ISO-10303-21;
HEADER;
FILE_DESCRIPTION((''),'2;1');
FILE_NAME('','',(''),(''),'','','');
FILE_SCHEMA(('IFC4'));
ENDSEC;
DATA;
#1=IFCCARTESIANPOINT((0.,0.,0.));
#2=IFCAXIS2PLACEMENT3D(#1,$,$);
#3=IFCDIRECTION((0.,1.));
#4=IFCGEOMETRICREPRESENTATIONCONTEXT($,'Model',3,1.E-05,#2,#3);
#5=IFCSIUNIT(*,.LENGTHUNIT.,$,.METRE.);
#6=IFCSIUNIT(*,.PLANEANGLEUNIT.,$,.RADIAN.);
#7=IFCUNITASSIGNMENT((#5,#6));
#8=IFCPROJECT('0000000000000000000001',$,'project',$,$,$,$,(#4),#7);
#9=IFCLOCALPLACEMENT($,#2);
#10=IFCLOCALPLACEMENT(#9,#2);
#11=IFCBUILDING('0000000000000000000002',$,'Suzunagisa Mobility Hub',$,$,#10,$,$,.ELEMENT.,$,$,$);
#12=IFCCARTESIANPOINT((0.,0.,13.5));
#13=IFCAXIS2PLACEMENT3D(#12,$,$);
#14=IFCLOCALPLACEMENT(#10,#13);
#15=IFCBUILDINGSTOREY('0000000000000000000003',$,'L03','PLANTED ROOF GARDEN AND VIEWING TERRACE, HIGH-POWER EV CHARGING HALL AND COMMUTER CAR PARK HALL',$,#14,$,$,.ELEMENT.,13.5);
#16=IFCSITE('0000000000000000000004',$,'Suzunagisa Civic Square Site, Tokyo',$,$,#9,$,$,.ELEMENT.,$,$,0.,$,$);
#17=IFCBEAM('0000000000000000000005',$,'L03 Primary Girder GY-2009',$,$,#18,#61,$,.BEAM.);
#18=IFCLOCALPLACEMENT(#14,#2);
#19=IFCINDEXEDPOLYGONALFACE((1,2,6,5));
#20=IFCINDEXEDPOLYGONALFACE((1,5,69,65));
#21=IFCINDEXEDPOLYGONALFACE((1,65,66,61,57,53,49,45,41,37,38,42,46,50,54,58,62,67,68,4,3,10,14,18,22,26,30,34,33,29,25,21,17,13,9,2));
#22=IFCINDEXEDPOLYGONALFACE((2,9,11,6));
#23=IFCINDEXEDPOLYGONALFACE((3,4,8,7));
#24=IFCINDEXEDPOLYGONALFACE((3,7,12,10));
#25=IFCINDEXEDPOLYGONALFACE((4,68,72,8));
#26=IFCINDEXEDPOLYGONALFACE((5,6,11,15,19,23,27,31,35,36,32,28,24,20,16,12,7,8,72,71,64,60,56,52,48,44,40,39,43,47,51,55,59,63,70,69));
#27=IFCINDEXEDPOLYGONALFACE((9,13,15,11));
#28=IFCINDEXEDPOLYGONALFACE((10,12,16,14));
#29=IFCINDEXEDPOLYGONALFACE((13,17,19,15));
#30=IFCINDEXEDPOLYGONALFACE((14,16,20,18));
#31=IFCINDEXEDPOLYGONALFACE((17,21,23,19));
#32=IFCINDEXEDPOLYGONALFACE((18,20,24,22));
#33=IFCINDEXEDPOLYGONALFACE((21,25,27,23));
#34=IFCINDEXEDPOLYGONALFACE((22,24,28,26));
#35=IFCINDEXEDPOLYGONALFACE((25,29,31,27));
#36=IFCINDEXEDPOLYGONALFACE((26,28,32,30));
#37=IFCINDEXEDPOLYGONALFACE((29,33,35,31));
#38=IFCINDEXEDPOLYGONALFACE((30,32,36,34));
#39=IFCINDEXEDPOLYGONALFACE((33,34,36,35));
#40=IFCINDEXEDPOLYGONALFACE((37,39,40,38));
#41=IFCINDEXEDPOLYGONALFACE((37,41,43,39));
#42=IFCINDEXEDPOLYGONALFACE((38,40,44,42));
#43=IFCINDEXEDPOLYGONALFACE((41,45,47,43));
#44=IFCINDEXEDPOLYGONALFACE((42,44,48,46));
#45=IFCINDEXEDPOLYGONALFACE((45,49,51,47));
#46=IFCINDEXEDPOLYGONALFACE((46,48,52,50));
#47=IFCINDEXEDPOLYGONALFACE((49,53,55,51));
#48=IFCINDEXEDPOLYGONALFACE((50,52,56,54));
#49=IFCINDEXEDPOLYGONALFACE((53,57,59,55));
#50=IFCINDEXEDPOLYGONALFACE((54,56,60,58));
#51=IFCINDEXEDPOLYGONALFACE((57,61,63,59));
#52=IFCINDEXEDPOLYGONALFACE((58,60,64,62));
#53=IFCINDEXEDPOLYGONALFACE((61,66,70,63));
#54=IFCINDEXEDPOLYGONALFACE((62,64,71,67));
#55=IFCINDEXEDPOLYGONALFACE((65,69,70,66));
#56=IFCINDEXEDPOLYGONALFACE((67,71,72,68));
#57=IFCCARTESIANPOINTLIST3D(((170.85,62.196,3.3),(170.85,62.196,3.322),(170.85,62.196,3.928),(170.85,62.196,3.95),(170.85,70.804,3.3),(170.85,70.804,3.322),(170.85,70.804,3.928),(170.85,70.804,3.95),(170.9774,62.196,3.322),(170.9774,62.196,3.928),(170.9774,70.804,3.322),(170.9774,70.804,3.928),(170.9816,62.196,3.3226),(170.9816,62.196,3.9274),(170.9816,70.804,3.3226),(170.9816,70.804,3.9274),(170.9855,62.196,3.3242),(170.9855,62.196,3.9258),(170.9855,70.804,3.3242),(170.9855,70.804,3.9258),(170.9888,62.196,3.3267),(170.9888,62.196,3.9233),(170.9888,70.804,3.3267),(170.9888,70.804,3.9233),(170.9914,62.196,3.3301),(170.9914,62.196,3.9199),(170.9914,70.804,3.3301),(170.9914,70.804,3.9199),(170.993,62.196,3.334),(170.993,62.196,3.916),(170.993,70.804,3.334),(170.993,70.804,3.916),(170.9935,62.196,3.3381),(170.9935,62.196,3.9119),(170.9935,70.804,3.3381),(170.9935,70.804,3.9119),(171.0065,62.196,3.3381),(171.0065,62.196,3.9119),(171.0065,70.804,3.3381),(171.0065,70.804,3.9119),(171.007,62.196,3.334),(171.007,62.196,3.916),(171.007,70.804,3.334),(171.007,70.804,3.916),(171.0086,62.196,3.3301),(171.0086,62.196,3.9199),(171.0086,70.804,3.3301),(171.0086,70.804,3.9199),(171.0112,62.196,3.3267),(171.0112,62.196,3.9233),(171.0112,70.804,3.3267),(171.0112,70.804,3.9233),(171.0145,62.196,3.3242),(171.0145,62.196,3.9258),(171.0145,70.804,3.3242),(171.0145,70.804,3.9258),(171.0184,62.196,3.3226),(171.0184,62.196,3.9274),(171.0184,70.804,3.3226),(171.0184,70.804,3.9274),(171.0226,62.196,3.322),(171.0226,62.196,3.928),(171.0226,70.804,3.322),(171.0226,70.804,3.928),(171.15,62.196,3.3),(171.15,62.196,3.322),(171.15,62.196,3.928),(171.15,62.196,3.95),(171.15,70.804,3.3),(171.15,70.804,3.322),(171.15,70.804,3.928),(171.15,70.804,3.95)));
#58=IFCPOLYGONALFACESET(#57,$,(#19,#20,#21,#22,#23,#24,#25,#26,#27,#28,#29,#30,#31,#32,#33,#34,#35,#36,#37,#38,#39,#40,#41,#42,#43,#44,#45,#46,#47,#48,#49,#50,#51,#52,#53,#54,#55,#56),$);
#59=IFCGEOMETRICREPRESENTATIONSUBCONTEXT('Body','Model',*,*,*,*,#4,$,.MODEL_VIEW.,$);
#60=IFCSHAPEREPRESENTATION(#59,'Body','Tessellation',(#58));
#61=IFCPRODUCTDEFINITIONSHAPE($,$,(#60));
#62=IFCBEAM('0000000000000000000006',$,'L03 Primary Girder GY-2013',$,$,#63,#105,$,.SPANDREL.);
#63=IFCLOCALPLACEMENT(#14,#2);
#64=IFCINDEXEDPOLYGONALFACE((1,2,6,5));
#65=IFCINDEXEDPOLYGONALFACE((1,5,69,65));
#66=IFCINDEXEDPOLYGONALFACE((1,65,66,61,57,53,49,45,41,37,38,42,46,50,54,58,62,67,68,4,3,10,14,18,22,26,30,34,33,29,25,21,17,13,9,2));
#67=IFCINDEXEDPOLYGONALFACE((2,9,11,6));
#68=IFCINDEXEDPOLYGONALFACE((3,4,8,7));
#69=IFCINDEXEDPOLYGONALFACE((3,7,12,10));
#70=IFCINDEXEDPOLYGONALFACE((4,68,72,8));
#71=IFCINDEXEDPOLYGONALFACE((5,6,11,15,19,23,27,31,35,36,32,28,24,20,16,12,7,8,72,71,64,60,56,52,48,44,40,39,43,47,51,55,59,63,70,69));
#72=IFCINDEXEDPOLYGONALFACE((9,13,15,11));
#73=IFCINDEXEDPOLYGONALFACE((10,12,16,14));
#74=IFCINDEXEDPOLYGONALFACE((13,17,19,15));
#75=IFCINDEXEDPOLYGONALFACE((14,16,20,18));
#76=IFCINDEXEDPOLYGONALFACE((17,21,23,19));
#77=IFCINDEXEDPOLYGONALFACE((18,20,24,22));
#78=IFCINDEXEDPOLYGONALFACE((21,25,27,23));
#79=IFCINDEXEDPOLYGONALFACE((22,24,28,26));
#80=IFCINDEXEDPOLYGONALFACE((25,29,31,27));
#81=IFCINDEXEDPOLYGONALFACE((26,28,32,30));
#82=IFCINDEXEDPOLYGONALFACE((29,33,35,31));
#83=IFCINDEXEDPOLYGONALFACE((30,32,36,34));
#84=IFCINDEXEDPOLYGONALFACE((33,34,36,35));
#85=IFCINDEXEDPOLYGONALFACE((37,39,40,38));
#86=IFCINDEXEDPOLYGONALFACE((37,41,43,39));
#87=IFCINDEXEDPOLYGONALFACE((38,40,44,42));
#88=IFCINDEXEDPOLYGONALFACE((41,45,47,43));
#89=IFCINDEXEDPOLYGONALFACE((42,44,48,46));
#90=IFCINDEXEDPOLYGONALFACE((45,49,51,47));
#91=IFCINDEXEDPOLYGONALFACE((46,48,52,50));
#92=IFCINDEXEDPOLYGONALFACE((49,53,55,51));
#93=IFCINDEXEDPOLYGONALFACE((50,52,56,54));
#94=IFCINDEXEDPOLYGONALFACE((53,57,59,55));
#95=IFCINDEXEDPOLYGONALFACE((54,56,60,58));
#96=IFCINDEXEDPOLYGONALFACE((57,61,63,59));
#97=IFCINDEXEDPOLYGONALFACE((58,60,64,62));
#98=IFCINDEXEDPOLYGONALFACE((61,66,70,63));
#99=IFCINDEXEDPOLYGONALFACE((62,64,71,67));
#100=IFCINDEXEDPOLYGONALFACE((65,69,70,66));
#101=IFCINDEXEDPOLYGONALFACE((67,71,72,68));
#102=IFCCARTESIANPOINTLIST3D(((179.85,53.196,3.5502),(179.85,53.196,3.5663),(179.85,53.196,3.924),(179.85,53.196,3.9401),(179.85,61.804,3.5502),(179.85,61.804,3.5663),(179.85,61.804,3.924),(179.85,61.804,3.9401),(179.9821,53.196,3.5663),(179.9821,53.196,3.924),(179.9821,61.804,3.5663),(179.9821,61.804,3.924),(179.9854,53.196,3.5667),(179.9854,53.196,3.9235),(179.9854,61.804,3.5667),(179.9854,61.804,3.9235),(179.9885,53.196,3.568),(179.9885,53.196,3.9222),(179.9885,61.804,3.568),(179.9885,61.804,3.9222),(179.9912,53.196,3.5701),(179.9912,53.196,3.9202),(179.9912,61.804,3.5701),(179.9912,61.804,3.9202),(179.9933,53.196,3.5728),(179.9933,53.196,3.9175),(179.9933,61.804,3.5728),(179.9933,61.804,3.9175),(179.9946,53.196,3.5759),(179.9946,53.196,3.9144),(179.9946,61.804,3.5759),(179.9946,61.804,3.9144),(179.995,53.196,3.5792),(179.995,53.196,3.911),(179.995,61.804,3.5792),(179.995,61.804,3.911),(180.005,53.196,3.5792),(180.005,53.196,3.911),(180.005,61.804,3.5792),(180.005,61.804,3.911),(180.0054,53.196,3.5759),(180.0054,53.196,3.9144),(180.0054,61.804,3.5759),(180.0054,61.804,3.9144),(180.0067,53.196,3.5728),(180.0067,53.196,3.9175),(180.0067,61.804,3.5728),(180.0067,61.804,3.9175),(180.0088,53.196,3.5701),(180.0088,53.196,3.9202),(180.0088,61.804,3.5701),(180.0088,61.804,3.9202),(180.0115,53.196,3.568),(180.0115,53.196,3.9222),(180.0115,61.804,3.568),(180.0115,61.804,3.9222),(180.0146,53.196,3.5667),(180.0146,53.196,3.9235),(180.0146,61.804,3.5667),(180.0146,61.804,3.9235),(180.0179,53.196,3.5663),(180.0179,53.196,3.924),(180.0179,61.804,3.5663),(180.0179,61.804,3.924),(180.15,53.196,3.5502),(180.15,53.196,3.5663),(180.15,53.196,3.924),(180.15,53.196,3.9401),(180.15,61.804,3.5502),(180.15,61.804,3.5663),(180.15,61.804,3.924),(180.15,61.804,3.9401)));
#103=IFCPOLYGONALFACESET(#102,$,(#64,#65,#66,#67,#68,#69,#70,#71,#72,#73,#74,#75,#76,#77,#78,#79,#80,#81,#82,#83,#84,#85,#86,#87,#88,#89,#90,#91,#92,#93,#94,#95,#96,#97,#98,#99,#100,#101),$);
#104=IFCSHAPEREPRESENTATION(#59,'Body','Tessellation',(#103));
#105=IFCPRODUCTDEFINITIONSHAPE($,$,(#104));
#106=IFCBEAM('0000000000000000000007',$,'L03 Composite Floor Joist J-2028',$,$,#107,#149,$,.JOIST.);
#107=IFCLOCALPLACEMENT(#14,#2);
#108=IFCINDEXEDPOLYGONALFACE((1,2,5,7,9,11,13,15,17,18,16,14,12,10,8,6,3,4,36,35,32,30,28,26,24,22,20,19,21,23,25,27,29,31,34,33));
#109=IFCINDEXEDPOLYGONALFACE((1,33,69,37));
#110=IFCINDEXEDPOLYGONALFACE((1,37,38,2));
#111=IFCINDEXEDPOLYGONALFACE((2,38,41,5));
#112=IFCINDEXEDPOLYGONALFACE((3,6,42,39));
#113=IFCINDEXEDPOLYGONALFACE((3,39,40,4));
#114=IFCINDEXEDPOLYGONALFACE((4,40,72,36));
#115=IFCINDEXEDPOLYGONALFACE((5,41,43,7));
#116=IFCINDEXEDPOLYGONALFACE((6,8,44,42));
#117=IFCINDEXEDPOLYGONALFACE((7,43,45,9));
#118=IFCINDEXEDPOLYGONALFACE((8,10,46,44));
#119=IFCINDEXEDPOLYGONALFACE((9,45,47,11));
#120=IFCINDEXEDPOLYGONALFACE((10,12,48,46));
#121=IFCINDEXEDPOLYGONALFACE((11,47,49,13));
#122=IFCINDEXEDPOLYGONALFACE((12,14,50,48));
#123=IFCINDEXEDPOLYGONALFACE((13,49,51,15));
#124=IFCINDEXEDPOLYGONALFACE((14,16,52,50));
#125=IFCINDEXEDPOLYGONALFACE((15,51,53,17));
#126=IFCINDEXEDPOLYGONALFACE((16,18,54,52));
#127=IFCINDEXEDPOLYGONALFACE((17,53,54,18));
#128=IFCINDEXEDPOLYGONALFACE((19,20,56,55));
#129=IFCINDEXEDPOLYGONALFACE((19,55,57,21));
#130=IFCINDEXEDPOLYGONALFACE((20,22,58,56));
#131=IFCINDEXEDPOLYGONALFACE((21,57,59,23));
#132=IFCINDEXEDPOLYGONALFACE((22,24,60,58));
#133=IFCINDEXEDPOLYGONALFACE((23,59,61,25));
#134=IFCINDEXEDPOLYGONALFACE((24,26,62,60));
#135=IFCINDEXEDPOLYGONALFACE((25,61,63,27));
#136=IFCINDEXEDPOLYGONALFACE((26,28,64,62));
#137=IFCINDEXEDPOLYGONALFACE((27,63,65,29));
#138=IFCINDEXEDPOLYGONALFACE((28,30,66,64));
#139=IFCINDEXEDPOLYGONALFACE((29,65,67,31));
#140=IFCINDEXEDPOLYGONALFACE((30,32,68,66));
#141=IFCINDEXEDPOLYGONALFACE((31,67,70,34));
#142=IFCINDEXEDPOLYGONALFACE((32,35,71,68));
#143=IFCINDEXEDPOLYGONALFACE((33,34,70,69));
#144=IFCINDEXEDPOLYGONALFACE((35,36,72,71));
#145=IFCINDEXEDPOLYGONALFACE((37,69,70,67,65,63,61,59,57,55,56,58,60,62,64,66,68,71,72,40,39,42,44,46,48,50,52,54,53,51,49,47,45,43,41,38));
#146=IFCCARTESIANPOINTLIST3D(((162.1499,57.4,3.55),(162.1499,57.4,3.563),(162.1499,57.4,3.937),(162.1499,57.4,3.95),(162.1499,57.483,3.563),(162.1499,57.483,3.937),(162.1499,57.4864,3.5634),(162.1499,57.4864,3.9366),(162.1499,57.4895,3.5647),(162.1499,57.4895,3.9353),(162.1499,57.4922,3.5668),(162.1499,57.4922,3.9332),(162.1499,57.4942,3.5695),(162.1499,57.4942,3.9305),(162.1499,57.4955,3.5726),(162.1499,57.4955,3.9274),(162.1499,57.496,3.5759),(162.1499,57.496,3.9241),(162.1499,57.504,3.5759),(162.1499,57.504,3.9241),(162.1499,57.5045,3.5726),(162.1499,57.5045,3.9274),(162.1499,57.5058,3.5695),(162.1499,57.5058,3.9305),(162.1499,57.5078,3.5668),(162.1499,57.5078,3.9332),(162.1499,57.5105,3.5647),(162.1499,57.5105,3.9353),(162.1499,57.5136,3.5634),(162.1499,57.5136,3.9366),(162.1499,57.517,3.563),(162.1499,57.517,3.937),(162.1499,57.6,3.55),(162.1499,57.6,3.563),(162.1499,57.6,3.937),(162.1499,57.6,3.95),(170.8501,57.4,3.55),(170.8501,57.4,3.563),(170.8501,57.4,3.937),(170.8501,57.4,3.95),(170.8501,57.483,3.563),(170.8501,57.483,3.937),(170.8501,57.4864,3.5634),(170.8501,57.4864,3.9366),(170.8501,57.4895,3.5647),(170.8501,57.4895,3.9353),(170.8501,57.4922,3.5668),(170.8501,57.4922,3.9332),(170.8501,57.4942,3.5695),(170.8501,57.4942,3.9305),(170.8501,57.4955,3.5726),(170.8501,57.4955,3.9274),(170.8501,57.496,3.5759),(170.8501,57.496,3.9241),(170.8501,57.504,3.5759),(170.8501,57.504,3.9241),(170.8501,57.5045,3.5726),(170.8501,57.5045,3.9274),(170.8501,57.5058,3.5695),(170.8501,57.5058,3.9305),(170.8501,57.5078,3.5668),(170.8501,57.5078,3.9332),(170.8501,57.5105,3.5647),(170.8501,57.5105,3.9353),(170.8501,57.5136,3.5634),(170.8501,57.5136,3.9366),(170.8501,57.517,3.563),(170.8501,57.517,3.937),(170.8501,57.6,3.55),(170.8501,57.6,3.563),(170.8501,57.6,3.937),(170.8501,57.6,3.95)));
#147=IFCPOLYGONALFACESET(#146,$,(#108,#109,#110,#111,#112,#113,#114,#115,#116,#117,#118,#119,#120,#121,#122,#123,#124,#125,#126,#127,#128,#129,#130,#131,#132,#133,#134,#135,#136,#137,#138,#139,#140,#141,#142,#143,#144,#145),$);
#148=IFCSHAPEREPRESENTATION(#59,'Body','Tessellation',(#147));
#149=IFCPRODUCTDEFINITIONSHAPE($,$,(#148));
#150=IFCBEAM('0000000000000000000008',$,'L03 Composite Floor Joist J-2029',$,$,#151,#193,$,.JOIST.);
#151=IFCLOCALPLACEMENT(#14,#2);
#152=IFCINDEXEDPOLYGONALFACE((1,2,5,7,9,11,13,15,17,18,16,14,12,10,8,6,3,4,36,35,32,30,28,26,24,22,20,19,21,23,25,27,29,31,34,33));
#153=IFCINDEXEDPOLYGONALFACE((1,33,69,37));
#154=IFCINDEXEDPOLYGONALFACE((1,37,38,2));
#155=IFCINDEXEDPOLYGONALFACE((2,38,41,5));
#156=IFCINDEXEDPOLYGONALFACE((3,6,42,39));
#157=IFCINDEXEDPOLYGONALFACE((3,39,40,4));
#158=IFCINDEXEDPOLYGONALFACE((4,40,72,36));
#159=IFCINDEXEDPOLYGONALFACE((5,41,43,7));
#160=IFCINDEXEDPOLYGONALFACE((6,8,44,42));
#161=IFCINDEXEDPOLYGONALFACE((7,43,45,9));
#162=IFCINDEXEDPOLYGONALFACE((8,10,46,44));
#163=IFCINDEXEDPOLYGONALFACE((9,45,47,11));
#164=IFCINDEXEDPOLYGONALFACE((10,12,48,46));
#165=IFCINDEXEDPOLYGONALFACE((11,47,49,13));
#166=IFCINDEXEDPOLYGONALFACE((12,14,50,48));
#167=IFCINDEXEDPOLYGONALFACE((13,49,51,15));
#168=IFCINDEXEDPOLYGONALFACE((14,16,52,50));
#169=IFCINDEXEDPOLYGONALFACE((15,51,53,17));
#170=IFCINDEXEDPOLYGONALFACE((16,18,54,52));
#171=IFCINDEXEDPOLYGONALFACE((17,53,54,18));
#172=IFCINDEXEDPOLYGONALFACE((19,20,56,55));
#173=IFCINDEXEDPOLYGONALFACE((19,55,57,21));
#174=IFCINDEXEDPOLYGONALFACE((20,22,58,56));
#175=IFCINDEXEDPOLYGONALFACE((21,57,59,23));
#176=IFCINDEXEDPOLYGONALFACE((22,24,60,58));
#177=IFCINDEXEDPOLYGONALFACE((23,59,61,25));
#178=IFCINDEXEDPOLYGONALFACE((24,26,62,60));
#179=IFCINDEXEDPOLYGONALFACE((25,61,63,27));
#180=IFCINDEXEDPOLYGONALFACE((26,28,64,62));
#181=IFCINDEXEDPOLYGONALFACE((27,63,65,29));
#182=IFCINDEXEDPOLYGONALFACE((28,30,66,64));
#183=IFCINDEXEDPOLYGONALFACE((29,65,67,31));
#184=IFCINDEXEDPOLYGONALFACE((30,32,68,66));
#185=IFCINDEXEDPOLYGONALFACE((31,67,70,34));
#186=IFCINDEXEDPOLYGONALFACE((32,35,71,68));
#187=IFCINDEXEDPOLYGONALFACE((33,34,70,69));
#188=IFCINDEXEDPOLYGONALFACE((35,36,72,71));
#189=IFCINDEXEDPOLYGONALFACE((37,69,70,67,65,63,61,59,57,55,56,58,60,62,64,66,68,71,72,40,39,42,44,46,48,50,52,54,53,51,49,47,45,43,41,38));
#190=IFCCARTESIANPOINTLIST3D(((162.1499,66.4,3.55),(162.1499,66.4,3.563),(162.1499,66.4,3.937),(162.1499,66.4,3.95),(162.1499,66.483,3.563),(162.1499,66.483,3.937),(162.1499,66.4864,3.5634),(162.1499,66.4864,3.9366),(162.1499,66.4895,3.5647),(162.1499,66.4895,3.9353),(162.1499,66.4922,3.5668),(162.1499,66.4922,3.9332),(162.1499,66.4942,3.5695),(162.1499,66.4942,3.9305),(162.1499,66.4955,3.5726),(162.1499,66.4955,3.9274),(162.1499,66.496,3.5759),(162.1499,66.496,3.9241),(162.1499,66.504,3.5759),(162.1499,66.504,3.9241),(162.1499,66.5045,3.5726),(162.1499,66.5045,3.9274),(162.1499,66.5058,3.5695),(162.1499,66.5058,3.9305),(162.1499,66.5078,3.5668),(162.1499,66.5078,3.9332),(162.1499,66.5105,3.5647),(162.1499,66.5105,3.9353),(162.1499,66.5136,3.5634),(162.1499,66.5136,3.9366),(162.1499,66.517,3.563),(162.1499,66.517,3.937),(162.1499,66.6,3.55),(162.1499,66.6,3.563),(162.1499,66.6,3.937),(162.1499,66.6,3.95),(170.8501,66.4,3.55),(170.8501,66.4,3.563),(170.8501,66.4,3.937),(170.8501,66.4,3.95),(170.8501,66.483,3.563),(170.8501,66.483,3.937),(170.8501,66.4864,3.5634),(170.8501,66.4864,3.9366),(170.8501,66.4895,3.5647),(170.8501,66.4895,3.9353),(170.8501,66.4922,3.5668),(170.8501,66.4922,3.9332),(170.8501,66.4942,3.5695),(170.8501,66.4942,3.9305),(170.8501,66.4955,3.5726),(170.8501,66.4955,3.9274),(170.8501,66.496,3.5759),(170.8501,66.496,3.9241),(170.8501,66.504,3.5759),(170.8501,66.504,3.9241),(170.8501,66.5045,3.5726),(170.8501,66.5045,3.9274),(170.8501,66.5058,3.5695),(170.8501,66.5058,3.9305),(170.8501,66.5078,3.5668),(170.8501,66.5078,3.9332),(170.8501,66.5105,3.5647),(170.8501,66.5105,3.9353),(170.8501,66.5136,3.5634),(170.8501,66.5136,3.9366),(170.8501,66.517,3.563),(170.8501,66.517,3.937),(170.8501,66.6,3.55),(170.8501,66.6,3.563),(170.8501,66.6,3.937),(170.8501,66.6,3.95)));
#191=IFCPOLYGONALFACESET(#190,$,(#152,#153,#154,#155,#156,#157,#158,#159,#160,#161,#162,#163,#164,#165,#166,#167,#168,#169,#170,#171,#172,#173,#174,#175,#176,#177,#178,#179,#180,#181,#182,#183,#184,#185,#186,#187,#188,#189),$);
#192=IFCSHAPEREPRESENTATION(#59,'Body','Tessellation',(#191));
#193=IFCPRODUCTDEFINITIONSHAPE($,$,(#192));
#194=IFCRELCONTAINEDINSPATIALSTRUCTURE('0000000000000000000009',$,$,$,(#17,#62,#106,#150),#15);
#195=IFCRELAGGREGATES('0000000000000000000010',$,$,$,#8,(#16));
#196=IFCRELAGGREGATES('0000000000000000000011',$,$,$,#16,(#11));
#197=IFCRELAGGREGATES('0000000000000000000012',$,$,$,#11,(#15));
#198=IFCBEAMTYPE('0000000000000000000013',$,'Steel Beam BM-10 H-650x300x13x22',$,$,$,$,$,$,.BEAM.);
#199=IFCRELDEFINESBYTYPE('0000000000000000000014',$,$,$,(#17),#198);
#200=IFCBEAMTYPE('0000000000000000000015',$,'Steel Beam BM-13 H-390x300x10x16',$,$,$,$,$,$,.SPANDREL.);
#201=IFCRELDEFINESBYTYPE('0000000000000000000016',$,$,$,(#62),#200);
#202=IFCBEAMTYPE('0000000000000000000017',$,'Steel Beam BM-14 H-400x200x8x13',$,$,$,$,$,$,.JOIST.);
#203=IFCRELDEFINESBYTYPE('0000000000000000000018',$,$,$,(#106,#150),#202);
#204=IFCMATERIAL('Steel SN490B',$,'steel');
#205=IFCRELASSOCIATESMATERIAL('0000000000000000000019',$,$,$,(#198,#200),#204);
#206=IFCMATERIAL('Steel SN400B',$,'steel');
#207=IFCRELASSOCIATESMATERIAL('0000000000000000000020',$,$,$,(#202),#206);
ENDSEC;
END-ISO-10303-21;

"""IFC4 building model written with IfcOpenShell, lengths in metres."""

from ifc_helpers import new_model, si_unit, direction, frame, origin, origin_2d, place, context, subcontext, project, spatial, i_section, extrude, material, material_profile, profile_set, type_object, element, save


model = new_model("IFC4")

# Units and contexts
model_context = context("Model", 3, precision=1e-05, world=origin(), true_north=direction((0.0, 1.0)))
body_context = subcontext(model_context, "Body", "Model", "MODEL_VIEW")
ifc_project = project(units=[si_unit("LENGTHUNIT", "METRE"), si_unit("PLANEANGLEUNIT", "RADIAN")], contexts=[model_context])

# Site, building, storey
site_placement = place(None, origin())
site = spatial("IfcSite", under=ifc_project, at=site_placement, Name="Suzunagisa Civic Square Site, Tokyo", CompositionType="ELEMENT", RefElevation=0.0)
building_placement = place(site_placement, origin())
building = spatial("IfcBuilding", under=site, at=building_placement, Name="Suzunagisa Mobility Hub", CompositionType="ELEMENT")
storey_placement = place(building_placement, frame((0.0, 0.0, 13.5)))
storey = spatial("IfcBuildingStorey", under=building, at=storey_placement, Name="L03", Description="PLANTED ROOF GARDEN AND VIEWING TERRACE, HIGH-POWER EV CHARGING HALL AND COMMUTER CAR PARK HALL", CompositionType="ELEMENT", Elevation=13.5)

# Shared definitions
ifc_material_1 = material(Name="Steel SN490B", Category="steel")

# Beams
ifc_material_profile_1 = material_profile(ifc_material_1, i_section(OverallWidth=0.3, OverallDepth=0.6499, WebThickness=0.0129, FlangeThickness=0.022, FilletRadius=0.0161, at=origin_2d()), Name="H-650x300x13x22")
ifc_profile_set_1 = profile_set([ifc_material_profile_1], Name="Steel SN490B")
beam_type_1 = type_object("IfcBeamType", Name="Steel Beam BM-10 H-650x300x13x22", PredefinedType="BEAM", material=ifc_profile_set_1)
for number, where, z_axis, x_axis, name in (
    (1, (171.0, 62.196, 3.625), (0.0, 1.0, 0.0), (-1.0, 0.0, 0.0), "L03 Primary Girder GY-2009"),
):
    element("IfcBeam", number, at=place(storey_placement, frame(where, z_axis=z_axis, x_axis=x_axis)), inside=storey, type_object=beam_type_1, Name=name, PredefinedType="BEAM", context=body_context, shape_type="SweptSolid", body=[
        extrude(i_section(OverallWidth=0.3, OverallDepth=0.6499, WebThickness=0.0129, FlangeThickness=0.022, FilletRadius=0.0161, at=origin_2d()), origin(), (0.0, 0.0, 1.0), 8.6079),
    ])
ifc_material_profile_2 = material_profile(ifc_material_1, i_section(OverallWidth=0.3, OverallDepth=0.3899, WebThickness=0.01, FlangeThickness=0.0161, FilletRadius=0.0129, at=origin_2d()), Name="H-390x300x10x16")
ifc_profile_set_2 = profile_set([ifc_material_profile_2], Name="Steel SN490B")
beam_type_2 = type_object("IfcBeamType", Name="Steel Beam BM-13 H-390x300x10x16", PredefinedType="SPANDREL", material=ifc_profile_set_2)
beam_placement = place(storey_placement, frame((180.0, 53.196, 3.7451), z_axis=(0.0, 1.0, 0.0), x_axis=(-1.0, 0.0, 0.0)))
element("IfcBeam", 2, at=beam_placement, inside=storey, type_object=beam_type_2, Name="L03 Primary Girder GY-2013", PredefinedType="SPANDREL", context=body_context, shape_type="SweptSolid", body=[
    extrude(i_section(OverallWidth=0.3, OverallDepth=0.3899, WebThickness=0.01, FlangeThickness=0.0161, FilletRadius=0.0129, at=origin_2d()), origin(), (0.0, 0.0, 1.0), 8.6079),
])
ifc_material_2 = material(Name="Steel SN400B", Category="steel")
ifc_material_profile_3 = material_profile(ifc_material_2, i_section(OverallWidth=0.2, OverallDepth=0.3999, WebThickness=0.0081, FlangeThickness=0.0129, FilletRadius=0.0129, at=origin_2d()), Name="H-400x200x8x13")
ifc_profile_set_3 = profile_set([ifc_material_profile_3], Name="Steel SN400B")
beam_type_3 = type_object("IfcBeamType", Name="Steel Beam BM-14 H-400x200x8x13", PredefinedType="JOIST", material=ifc_profile_set_3)
for number, where, z_axis, x_axis, name in (
    (3, (162.1499, 57.5, 3.75), (1.0, 0.0, 0.0), (0.0, 1.0, 0.0), "L03 Composite Floor Joist J-2028"),
    (4, (162.1499, 66.5, 3.75), (1.0, 0.0, 0.0), (0.0, 1.0, 0.0), "L03 Composite Floor Joist J-2029"),
):
    element("IfcBeam", number, at=place(storey_placement, frame(where, z_axis=z_axis, x_axis=x_axis)), inside=storey, type_object=beam_type_3, Name=name, PredefinedType="JOIST", context=body_context, shape_type="SweptSolid", body=[
        extrude(i_section(OverallWidth=0.2, OverallDepth=0.3999, WebThickness=0.0081, FlangeThickness=0.0129, FilletRadius=0.0129, at=origin_2d()), origin(), (0.0, 0.0, 1.0), 8.7002),
    ])

save(model, "model.ifc")
